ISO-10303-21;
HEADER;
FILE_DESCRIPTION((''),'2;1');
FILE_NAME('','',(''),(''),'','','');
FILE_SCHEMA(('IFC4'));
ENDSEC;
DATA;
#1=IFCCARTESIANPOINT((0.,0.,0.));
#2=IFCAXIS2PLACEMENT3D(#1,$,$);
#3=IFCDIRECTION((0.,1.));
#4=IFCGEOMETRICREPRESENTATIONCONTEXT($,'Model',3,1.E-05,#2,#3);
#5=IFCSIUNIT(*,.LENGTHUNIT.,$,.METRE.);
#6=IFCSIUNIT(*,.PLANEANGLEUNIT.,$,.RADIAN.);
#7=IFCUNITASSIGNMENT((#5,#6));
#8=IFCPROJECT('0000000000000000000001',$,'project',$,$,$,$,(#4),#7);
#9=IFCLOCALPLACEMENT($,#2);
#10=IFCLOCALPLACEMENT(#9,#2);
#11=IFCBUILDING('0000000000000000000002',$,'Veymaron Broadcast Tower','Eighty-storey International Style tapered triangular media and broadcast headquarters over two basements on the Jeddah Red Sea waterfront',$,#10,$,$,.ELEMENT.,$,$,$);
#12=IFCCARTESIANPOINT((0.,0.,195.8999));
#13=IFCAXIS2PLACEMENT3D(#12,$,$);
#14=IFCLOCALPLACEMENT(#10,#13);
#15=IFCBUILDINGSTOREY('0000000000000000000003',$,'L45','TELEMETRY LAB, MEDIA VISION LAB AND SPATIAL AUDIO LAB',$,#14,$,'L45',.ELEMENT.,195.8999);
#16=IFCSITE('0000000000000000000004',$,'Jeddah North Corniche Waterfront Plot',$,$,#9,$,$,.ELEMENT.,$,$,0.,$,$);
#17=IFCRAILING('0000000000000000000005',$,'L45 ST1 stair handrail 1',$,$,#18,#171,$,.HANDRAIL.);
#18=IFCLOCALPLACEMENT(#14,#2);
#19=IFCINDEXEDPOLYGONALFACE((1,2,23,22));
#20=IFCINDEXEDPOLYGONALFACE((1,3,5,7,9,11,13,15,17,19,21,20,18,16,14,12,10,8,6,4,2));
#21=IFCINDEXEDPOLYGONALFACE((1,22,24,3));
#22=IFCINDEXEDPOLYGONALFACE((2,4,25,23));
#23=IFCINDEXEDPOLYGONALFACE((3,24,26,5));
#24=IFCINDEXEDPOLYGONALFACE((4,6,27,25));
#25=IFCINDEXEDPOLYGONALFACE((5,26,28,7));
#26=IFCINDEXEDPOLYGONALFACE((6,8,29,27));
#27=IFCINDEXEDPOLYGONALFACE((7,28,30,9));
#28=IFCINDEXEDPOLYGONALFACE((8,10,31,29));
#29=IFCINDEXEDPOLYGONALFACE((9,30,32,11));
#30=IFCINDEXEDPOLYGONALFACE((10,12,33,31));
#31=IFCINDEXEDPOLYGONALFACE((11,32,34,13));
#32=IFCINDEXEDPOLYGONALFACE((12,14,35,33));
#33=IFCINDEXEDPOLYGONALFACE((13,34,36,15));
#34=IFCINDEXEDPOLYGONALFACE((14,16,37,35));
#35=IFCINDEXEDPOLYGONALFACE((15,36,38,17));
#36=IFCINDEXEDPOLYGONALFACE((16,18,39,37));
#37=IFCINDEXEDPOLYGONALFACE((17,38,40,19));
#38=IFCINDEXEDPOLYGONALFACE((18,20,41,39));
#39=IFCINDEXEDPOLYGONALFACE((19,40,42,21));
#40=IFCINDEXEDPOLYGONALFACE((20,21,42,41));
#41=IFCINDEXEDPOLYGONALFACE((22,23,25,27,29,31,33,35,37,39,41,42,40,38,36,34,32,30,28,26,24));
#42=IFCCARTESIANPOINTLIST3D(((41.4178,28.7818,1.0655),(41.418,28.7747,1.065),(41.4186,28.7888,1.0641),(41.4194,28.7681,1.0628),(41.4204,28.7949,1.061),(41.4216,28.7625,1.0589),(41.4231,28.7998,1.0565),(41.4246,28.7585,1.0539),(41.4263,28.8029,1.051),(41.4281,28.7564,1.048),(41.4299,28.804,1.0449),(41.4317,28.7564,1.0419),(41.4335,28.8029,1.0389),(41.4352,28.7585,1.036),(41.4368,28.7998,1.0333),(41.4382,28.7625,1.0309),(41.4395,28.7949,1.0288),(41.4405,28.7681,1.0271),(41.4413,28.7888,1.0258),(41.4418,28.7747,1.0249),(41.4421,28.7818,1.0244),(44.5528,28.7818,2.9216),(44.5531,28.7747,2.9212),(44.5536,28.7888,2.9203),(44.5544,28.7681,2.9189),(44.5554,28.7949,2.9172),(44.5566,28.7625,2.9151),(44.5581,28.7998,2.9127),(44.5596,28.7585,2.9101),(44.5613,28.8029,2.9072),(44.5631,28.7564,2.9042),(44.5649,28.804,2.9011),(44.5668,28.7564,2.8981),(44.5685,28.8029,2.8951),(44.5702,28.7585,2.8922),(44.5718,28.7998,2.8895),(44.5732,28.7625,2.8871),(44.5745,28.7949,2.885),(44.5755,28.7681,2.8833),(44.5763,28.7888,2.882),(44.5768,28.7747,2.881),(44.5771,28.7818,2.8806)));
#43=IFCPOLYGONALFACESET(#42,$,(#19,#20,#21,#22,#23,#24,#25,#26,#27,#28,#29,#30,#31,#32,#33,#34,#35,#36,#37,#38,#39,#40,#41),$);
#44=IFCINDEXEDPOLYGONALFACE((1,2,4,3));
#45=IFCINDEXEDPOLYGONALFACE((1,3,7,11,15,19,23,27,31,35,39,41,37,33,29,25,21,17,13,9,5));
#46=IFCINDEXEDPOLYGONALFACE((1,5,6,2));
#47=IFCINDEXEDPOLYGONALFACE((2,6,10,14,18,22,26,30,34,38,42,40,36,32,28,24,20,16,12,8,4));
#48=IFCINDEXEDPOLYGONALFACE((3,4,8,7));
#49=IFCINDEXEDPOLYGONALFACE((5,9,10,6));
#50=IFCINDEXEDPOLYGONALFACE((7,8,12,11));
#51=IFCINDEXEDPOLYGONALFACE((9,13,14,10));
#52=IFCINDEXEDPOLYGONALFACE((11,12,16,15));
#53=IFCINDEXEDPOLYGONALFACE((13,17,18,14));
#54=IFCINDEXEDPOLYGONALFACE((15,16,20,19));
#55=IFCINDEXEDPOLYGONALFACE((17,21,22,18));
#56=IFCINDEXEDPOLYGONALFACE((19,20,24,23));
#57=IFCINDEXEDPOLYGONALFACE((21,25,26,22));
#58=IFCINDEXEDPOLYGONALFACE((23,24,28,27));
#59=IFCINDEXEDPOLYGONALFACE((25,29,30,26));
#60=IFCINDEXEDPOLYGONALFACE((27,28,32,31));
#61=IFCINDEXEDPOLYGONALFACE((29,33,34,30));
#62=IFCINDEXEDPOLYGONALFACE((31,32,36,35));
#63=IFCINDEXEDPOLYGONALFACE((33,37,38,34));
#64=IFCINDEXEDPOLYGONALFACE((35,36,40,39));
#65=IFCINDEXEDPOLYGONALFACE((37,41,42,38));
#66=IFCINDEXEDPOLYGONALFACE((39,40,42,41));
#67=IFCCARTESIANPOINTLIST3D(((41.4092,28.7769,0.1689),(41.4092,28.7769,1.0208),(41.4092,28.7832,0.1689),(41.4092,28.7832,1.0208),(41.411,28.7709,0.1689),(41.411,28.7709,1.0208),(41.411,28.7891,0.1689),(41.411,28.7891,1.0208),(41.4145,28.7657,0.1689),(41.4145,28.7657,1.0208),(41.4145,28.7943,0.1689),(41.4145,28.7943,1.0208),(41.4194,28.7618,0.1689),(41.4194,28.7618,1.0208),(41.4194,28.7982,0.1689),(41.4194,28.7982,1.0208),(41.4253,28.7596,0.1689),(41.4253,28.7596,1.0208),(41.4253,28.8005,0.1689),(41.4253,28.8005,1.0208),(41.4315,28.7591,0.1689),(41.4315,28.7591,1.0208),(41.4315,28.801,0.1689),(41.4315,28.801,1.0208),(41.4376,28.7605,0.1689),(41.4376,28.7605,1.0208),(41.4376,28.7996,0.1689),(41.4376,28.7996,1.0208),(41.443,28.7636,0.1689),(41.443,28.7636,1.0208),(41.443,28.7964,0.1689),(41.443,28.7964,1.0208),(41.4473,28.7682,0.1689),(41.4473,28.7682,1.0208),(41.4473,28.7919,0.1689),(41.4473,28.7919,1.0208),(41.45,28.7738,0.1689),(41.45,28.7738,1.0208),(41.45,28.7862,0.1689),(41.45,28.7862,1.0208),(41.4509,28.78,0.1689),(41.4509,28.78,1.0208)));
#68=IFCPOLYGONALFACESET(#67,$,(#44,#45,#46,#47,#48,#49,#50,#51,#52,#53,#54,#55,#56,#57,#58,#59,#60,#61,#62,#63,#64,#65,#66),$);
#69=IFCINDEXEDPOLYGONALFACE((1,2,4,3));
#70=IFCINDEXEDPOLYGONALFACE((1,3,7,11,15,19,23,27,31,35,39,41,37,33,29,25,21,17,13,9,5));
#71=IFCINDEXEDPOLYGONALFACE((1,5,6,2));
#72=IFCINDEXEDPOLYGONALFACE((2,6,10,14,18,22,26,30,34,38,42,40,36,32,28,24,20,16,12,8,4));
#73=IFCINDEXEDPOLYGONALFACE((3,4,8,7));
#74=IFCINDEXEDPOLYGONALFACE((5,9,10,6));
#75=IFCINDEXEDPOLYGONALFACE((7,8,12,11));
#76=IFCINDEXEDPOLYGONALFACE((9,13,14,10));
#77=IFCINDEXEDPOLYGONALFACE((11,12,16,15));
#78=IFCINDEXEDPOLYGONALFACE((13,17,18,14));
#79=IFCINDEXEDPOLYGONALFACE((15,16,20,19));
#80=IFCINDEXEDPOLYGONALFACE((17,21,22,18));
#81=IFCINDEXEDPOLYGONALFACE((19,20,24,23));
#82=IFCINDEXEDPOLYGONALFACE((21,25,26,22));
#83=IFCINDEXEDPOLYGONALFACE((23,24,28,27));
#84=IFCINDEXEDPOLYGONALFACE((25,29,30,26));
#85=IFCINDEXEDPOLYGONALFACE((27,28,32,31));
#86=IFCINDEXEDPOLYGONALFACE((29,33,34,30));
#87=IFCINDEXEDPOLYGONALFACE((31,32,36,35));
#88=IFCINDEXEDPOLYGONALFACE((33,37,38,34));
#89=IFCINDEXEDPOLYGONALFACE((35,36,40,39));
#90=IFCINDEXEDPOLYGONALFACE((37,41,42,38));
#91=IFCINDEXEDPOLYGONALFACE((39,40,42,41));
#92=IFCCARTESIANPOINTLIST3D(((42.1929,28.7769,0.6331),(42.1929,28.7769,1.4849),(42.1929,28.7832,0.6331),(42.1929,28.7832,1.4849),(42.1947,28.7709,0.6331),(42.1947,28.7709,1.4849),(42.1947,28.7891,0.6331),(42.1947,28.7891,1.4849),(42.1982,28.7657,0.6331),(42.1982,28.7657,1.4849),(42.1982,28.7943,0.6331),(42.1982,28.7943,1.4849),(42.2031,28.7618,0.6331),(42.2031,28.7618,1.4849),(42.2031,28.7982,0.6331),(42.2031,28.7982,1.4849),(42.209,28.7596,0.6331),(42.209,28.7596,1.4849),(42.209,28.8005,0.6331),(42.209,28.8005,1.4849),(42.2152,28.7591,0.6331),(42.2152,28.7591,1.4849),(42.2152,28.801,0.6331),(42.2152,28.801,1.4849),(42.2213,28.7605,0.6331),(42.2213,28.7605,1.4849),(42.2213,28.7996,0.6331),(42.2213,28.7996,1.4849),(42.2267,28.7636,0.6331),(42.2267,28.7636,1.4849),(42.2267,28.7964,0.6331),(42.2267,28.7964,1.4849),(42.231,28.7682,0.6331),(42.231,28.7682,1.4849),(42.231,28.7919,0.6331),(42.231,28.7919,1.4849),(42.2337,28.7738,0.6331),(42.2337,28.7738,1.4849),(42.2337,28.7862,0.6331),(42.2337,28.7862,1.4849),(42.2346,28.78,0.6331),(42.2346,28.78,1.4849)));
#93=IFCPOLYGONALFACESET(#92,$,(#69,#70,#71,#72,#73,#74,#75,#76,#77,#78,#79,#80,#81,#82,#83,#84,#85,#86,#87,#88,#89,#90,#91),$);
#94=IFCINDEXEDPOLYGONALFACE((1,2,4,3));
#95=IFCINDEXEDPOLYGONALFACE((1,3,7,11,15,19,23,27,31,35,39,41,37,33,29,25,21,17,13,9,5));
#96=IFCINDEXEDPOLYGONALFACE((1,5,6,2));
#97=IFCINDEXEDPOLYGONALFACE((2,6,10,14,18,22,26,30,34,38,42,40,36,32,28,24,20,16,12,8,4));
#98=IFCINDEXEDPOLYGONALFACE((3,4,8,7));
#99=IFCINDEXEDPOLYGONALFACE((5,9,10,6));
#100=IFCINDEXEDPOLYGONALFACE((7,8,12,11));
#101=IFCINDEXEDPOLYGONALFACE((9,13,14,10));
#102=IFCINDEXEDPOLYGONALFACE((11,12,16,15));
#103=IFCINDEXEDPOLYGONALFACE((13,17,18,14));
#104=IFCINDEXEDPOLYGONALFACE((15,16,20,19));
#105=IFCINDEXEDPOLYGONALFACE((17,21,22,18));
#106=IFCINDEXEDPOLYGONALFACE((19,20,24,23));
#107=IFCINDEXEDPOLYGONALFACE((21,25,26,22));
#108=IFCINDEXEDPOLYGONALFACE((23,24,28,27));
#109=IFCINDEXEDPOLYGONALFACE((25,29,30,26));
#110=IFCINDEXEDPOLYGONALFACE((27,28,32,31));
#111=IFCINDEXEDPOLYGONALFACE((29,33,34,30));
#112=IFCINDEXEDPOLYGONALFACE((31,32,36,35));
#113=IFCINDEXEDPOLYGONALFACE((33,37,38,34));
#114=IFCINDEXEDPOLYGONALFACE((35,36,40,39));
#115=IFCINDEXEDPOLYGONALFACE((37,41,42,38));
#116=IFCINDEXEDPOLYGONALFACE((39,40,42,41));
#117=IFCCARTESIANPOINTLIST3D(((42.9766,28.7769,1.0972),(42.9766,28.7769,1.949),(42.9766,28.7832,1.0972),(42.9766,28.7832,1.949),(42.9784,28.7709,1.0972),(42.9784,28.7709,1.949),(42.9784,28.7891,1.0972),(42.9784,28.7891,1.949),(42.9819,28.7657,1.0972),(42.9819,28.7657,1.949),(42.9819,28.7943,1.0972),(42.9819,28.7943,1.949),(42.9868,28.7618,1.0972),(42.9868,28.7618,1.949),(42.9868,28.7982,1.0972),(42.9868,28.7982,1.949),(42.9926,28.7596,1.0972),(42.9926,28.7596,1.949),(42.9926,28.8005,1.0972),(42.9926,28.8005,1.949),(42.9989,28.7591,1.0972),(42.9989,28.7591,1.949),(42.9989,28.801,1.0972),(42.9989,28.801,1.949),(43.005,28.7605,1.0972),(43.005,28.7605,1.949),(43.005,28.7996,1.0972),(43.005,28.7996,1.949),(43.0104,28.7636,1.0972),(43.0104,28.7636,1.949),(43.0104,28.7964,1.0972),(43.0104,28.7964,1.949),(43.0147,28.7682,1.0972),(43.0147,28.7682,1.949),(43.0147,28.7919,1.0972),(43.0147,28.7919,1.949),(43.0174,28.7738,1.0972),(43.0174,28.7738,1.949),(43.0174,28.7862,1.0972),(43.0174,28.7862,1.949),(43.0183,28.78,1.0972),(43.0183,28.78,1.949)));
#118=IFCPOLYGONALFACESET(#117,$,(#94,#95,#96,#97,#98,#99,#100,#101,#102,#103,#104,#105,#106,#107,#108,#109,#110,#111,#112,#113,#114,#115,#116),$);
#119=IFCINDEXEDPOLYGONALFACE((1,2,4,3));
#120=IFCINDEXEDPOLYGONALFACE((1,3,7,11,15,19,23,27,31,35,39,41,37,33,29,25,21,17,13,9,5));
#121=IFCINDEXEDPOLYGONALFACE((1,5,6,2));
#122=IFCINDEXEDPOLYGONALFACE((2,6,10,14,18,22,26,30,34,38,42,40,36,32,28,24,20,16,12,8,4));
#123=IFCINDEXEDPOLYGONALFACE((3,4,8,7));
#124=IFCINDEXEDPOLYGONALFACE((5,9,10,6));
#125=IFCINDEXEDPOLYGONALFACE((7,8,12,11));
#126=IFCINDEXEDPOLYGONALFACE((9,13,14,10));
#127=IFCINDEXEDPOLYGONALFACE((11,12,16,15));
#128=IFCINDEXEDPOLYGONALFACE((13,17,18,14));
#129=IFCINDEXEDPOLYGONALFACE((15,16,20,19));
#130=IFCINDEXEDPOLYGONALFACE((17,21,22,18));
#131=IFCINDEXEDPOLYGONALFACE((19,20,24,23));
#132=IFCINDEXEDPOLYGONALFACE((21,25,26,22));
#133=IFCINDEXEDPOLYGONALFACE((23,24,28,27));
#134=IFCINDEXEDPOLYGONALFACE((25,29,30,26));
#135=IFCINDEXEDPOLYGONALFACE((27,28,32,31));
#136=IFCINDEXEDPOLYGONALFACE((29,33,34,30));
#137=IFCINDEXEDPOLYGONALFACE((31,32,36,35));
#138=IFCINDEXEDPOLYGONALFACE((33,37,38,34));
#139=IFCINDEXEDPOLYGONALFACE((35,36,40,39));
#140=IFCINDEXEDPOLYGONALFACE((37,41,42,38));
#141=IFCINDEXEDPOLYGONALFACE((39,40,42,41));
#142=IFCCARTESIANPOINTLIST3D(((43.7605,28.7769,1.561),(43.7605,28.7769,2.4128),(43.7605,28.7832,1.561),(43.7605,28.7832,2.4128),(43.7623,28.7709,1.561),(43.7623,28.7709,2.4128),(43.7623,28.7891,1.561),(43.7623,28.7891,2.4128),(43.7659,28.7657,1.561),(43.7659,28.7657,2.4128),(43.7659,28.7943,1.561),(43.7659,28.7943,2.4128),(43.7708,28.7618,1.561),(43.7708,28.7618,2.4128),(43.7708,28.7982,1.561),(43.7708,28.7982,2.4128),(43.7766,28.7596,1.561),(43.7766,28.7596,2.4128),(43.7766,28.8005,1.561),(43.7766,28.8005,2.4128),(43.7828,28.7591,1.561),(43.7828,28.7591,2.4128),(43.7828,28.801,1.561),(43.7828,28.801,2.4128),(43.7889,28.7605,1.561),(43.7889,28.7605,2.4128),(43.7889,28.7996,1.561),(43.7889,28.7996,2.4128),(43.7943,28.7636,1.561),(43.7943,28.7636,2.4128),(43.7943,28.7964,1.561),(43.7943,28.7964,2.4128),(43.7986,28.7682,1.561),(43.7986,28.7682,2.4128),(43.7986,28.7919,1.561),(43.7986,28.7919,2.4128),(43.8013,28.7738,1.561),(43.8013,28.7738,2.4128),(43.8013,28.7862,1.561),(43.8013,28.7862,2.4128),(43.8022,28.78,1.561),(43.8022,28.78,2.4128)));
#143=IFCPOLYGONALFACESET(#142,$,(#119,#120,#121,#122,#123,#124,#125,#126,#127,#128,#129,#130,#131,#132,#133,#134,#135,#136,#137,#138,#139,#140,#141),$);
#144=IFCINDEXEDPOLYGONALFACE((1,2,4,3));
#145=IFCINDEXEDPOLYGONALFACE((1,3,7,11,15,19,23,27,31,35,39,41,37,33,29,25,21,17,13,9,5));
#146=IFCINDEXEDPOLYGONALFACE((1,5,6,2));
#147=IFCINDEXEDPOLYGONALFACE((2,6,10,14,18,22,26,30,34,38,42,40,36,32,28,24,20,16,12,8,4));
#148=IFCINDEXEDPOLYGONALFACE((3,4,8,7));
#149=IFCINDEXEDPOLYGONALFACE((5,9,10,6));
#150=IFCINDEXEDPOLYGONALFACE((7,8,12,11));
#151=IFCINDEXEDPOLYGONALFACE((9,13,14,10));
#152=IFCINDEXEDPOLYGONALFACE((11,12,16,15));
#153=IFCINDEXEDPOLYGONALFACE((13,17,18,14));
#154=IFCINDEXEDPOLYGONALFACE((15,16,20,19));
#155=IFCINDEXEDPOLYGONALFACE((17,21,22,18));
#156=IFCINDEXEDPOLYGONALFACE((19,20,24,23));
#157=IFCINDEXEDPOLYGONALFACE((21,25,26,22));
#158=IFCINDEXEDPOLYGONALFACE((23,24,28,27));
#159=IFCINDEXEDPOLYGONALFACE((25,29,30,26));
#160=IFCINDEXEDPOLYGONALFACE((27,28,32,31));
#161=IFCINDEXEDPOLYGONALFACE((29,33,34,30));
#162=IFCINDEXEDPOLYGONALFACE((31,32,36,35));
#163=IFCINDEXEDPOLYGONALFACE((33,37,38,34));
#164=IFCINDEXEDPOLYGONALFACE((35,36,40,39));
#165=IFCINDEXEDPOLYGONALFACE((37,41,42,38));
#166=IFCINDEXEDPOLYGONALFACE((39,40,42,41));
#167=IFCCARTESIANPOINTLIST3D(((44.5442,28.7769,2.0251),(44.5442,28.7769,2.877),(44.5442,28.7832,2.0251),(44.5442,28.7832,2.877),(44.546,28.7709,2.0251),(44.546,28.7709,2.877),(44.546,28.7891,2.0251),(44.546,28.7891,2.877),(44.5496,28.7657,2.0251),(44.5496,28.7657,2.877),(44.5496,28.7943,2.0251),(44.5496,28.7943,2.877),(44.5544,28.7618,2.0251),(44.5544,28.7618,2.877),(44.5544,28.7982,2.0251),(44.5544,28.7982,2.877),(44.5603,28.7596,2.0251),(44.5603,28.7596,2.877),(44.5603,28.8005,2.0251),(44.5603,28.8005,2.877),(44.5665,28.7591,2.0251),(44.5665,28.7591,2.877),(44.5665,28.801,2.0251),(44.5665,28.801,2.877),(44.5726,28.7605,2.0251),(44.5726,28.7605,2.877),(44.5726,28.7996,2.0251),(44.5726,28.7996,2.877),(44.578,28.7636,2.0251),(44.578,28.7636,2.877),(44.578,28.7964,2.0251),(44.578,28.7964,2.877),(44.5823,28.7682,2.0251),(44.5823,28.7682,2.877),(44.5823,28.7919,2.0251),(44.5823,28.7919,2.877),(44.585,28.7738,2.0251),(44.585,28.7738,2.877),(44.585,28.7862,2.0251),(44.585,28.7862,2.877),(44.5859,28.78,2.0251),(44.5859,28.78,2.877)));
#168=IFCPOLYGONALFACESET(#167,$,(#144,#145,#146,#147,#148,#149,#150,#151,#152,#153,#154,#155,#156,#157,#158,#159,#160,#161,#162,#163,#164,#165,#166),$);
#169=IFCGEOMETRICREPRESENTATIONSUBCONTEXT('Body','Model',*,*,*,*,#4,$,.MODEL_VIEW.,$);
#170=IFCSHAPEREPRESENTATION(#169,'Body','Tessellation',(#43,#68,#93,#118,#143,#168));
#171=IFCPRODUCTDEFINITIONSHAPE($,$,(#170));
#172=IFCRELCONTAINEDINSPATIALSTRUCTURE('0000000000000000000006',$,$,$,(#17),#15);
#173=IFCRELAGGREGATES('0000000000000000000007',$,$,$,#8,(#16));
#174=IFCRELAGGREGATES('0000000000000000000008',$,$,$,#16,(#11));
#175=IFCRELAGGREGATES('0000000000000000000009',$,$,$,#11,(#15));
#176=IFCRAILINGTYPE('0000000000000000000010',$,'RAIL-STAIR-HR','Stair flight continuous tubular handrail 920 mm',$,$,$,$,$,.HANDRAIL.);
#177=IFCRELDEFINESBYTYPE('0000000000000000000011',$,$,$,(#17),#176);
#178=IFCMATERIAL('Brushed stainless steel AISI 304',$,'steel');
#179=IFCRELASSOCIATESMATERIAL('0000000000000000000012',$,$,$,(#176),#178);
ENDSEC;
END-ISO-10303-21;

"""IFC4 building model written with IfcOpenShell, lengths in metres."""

from ifc_helpers import new_model, si_unit, direction, frame, origin, origin_2d, place, context, subcontext, project, spatial, circle, extrude, material, type_object, element, save


model = new_model("IFC4")

# Units and contexts
model_context = context("Model", 3, precision=1e-05, world=origin(), true_north=direction((0.0, 1.0)))
body_context = subcontext(model_context, "Body", "Model", "MODEL_VIEW")
ifc_project = project(units=[si_unit("LENGTHUNIT", "METRE"), si_unit("PLANEANGLEUNIT", "RADIAN")], contexts=[model_context])

# Site, building, storey
site_placement = place(None, origin())
site = spatial("IfcSite", under=ifc_project, at=site_placement, Name="Jeddah North Corniche Waterfront Plot", CompositionType="ELEMENT", RefElevation=0.0)
building_placement = place(site_placement, origin())
building = spatial("IfcBuilding", under=site, at=building_placement, Name="Veymaron Broadcast Tower", Description="Eighty-storey International Style tapered triangular media and broadcast headquarters over two basements on the Jeddah Red Sea waterfront", CompositionType="ELEMENT")
storey_placement = place(building_placement, frame((0.0, 0.0, 195.8999)))
storey = spatial("IfcBuildingStorey", under=building, at=storey_placement, Name="L45", Description="TELEMETRY LAB, MEDIA VISION LAB AND SPATIAL AUDIO LAB", LongName="L45", CompositionType="ELEMENT", Elevation=195.8999)

# Shared definitions
ifc_material_1 = material(Name="Brushed stainless steel AISI 304", Category="steel")

# Railing
railing_type_1 = type_object("IfcRailingType", Name="RAIL-STAIR-HR", Description="Stair flight continuous tubular handrail 920 mm", PredefinedType="HANDRAIL", material=ifc_material_1)
railing_1_placement = place(storey_placement, frame((41.4299, 28.78, 0.1689)))
element("IfcRailing", 1, at=railing_1_placement, inside=storey, type_object=railing_type_1, Name="L45 ST1 stair handrail 1", PredefinedType="HANDRAIL", context=body_context, shape_type="SweptSolid", body=[
    extrude(circle(Radius=0.0239, at=origin_2d()), frame((0.0, 0.0, 0.876), z_axis=(0.860482, 0.0, 0.509481), x_axis=(0.0, 1.0, 0.0)), (0.0, 0.0, 1.0), 3.6433),
    extrude(circle(Radius=0.021, at=origin_2d()), origin(), (0.0, 0.0, 1.0), 0.8518),
    extrude(circle(Radius=0.021, at=origin_2d()), frame((0.7837, 0.0, 0.4641)), (0.0, 0.0, 1.0), 0.8518),
    extrude(circle(Radius=0.021, at=origin_2d()), frame((1.5674, 0.0, 0.9282)), (0.0, 0.0, 1.0), 0.8518),
    extrude(circle(Radius=0.021, at=origin_2d()), frame((2.3513, 0.0, 1.3921)), (0.0, 0.0, 1.0), 0.8518),
    extrude(circle(Radius=0.021, at=origin_2d()), frame((3.135, 0.0, 1.8562)), (0.0, 0.0, 1.0), 0.8518),
])

save(model, "model.ifc")
